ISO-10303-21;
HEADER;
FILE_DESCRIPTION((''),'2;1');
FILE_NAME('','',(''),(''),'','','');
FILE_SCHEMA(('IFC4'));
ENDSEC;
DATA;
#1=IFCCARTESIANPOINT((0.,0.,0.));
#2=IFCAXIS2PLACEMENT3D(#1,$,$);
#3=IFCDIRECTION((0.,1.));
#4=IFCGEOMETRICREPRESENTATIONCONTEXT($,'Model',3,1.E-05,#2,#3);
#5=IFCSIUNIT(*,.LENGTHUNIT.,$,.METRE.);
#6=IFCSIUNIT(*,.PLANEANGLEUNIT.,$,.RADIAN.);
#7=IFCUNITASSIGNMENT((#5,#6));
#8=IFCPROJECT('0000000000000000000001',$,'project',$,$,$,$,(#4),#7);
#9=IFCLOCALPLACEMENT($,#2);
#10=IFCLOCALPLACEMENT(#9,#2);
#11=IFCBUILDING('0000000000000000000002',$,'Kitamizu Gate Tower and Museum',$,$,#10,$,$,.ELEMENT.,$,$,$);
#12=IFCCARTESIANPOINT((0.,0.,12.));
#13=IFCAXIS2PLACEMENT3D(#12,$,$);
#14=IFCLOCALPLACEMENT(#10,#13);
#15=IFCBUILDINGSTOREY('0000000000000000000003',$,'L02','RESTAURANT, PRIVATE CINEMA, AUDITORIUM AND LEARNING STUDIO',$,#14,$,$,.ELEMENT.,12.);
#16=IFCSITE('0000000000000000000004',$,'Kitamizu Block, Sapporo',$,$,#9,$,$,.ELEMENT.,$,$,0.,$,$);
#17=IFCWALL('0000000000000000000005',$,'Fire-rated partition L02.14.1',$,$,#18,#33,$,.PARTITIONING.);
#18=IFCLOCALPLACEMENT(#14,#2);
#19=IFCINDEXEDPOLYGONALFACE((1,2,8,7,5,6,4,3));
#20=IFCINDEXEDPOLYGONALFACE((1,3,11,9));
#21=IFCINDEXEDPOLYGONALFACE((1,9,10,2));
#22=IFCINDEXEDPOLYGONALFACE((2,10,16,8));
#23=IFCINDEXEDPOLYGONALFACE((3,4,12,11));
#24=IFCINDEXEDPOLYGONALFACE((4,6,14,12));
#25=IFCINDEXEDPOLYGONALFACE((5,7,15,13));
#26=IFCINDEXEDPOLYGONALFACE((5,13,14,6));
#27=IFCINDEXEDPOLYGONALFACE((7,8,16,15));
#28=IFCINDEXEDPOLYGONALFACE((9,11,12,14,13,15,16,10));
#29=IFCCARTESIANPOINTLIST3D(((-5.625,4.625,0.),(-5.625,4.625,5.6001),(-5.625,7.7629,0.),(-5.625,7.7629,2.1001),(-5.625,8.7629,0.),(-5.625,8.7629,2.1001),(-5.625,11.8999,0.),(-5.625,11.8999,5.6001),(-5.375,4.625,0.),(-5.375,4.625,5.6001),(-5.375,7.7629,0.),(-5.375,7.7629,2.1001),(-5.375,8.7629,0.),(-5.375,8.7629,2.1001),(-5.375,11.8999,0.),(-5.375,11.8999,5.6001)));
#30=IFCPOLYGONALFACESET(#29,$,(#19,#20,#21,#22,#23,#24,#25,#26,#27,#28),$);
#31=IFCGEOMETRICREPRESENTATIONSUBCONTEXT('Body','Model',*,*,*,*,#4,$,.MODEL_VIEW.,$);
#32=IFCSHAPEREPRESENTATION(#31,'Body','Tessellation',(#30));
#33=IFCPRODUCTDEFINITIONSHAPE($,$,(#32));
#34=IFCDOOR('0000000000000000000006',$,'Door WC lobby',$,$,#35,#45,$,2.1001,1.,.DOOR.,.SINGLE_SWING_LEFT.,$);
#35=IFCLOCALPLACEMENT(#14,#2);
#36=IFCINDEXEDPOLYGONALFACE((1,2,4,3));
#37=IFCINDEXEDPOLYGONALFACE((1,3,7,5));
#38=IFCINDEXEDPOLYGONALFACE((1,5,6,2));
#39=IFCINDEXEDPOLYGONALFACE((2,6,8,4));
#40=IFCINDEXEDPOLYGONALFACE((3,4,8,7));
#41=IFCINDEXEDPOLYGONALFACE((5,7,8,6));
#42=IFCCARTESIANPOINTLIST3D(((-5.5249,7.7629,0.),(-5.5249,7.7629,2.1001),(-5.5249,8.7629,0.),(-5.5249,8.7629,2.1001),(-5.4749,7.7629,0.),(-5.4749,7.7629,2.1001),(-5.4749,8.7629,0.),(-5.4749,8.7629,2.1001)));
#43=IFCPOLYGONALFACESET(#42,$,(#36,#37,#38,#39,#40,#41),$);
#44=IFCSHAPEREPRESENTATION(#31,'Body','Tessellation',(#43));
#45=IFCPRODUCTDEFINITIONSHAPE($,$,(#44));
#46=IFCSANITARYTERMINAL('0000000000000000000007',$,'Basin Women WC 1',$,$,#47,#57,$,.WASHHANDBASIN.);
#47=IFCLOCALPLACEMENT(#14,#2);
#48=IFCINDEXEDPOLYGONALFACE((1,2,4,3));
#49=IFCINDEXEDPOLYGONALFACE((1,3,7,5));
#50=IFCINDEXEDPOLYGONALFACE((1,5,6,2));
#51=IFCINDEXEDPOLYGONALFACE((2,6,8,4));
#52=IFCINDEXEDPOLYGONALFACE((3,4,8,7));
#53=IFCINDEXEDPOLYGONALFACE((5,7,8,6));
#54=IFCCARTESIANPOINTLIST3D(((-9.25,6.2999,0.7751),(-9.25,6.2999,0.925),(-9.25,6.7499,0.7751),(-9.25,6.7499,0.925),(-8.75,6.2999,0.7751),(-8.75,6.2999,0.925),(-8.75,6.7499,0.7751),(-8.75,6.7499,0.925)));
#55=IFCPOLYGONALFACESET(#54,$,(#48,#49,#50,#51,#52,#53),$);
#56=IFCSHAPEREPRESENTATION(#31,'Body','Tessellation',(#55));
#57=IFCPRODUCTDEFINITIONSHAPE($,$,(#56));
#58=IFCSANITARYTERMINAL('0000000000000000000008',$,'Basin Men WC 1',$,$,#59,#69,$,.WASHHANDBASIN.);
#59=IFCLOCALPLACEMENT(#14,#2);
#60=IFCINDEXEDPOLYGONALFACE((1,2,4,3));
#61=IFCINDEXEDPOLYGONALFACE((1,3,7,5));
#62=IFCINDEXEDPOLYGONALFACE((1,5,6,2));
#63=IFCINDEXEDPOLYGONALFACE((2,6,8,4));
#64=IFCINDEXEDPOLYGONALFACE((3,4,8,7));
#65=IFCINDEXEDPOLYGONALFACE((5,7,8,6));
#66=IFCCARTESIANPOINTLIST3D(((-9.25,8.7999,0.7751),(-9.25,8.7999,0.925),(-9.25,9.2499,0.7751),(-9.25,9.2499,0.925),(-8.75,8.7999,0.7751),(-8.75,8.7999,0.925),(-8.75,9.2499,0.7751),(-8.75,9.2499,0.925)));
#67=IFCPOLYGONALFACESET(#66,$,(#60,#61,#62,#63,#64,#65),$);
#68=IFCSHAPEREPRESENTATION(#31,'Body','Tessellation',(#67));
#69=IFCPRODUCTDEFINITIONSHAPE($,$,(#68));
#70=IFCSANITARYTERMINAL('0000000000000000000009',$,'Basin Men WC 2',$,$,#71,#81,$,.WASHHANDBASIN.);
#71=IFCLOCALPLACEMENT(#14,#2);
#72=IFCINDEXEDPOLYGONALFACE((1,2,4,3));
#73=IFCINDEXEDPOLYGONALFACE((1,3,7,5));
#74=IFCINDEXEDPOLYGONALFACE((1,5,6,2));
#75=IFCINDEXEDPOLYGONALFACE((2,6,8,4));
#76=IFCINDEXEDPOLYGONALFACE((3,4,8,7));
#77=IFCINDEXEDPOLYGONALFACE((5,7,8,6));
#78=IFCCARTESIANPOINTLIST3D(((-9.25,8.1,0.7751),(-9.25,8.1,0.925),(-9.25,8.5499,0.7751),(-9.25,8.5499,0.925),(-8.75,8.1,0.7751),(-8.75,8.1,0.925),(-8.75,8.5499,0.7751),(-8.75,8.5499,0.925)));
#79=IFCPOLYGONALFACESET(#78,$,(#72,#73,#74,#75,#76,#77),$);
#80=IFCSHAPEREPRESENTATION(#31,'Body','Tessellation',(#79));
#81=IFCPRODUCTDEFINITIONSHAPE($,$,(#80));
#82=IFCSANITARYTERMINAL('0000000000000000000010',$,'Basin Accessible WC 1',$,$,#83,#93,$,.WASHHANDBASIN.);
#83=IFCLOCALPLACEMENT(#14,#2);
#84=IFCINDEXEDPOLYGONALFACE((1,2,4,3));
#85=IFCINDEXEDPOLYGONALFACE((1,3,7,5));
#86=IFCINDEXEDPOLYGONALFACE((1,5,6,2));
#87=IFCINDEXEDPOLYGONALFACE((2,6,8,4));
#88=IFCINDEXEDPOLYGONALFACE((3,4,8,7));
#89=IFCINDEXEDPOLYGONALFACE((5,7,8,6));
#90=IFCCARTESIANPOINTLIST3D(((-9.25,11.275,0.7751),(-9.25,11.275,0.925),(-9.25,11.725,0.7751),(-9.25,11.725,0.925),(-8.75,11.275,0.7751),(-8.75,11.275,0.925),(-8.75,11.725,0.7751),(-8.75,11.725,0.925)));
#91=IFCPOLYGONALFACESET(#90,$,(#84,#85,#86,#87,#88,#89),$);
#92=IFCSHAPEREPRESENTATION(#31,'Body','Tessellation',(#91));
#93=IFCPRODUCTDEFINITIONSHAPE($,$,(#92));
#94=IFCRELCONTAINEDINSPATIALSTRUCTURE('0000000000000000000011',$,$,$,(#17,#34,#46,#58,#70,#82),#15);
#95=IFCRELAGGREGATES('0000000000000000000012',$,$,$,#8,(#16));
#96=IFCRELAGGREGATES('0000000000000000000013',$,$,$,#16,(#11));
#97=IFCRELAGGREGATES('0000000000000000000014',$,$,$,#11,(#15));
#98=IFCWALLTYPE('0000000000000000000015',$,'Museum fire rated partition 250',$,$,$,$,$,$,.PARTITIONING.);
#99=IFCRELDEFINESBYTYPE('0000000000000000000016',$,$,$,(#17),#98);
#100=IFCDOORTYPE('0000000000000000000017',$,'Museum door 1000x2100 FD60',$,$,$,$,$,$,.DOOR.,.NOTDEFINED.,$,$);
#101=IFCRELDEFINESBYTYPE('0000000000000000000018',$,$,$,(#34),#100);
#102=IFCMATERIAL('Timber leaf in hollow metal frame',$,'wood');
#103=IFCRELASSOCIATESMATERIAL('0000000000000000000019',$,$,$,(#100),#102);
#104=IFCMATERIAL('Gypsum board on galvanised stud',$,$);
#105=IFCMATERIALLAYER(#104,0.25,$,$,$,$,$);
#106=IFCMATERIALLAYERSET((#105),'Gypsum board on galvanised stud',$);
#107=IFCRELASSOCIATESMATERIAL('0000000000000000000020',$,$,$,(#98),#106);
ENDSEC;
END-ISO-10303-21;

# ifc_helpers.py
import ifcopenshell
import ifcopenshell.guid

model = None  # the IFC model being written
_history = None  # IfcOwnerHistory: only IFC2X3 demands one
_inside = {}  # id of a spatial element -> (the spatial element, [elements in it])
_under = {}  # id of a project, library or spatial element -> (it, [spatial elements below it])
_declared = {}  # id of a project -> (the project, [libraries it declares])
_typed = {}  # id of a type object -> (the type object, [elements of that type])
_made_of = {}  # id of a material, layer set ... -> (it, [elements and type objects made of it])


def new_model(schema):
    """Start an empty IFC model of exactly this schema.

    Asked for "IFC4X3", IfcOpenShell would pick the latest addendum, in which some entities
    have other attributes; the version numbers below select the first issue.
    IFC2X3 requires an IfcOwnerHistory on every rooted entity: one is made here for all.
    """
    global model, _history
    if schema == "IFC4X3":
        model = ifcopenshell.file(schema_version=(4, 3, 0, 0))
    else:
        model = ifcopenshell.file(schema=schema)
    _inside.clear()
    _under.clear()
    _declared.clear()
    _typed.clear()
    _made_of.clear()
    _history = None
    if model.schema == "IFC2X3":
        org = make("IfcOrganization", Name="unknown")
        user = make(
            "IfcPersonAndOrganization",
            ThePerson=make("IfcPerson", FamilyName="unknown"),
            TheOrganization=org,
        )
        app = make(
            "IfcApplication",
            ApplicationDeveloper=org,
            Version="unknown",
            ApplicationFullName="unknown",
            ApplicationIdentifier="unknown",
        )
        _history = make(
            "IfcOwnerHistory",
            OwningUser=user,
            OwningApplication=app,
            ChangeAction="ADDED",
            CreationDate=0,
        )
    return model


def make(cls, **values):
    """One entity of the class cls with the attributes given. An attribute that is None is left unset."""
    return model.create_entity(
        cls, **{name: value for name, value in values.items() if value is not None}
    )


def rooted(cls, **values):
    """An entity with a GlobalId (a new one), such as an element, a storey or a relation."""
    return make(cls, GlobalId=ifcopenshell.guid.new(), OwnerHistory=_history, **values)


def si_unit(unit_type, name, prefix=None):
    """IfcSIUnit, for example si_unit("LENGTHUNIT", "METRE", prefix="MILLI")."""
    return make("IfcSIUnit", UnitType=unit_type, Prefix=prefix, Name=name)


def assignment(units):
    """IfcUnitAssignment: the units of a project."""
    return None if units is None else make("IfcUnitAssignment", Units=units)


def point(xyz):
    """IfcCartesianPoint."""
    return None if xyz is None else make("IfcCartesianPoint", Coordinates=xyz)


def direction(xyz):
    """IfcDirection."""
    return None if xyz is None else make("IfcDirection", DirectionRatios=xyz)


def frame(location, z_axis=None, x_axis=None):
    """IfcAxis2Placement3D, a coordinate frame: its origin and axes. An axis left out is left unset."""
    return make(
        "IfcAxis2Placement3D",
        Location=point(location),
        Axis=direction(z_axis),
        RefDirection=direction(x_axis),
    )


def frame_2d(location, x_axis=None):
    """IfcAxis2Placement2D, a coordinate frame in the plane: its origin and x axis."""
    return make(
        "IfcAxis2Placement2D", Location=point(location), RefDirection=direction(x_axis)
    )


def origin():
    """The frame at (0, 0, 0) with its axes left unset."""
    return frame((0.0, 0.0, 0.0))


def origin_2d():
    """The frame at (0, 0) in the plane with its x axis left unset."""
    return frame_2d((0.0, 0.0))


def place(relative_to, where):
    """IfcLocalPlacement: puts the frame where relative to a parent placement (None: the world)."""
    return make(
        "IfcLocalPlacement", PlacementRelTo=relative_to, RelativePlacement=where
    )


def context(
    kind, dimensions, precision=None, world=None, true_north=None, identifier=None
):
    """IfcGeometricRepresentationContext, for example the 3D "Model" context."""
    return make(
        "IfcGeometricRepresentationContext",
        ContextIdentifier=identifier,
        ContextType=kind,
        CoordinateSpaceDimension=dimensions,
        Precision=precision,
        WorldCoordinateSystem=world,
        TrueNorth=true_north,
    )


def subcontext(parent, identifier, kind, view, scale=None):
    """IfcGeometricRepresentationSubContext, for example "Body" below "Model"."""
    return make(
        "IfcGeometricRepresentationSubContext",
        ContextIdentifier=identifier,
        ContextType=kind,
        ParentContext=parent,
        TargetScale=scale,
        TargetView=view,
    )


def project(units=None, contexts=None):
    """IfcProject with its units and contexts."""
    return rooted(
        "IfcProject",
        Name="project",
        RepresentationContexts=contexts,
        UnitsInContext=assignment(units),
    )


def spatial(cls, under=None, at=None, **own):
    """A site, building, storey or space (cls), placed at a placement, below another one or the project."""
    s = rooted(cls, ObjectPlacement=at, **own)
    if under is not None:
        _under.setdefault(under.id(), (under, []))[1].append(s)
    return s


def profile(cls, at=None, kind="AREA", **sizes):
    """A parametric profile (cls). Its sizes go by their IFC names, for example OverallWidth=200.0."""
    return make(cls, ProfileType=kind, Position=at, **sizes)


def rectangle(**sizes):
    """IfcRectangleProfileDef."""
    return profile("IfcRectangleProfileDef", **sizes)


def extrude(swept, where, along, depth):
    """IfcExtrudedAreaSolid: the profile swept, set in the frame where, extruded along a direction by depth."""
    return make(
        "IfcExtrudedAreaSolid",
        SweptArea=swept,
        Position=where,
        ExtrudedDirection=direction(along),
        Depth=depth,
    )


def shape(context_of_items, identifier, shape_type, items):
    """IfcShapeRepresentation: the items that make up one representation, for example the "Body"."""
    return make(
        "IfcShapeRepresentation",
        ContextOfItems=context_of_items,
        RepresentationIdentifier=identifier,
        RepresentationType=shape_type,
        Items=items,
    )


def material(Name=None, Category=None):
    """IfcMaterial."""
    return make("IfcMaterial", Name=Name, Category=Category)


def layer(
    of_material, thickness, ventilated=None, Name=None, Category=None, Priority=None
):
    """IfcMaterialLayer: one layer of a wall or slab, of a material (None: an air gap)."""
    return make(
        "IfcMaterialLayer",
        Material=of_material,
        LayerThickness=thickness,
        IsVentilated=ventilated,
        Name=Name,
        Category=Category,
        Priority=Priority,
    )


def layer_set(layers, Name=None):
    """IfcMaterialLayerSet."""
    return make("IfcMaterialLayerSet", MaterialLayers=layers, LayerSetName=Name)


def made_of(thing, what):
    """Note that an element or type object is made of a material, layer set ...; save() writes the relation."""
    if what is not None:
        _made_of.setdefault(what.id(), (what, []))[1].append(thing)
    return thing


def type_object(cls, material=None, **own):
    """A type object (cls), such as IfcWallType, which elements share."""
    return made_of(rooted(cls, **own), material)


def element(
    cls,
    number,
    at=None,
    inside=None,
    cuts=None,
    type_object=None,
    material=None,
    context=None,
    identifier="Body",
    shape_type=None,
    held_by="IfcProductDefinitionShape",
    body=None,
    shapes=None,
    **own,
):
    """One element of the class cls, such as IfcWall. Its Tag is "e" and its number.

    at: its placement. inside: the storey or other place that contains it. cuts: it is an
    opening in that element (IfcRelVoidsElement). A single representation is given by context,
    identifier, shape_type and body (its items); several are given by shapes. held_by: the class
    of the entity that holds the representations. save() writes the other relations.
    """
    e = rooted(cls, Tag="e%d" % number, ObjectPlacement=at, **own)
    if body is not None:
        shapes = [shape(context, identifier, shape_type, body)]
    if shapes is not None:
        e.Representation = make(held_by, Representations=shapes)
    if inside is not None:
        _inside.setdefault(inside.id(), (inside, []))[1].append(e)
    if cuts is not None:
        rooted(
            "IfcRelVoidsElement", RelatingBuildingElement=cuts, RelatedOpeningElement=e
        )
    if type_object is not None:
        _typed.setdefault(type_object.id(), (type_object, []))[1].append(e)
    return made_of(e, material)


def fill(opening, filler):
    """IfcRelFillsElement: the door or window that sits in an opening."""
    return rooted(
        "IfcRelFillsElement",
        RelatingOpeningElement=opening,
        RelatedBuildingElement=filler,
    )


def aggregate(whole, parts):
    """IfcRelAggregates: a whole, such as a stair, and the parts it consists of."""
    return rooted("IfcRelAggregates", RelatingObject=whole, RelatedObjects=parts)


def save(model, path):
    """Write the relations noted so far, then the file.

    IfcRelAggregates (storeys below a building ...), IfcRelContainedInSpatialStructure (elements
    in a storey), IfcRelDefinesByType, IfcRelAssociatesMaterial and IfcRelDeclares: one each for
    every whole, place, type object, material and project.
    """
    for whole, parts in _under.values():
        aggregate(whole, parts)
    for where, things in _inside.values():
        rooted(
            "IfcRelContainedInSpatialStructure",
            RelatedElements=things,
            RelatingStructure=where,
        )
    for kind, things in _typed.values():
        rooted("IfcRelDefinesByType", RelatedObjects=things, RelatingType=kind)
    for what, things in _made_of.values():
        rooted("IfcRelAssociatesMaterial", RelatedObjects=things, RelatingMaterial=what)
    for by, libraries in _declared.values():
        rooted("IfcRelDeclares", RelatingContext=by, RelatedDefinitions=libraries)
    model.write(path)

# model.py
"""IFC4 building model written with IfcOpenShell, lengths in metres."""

from ifc_helpers import new_model, si_unit, direction, frame, frame_2d, origin, origin_2d, place, context, subcontext, project, spatial, rectangle, extrude, material, layer, layer_set, type_object, element, fill, save


model = new_model("IFC4")

# Units and contexts
model_context = context("Model", 3, precision=1e-05, world=origin(), true_north=direction((0.0, 1.0)))
body_context = subcontext(model_context, "Body", "Model", "MODEL_VIEW")
ifc_project = project(units=[si_unit("LENGTHUNIT", "METRE"), si_unit("PLANEANGLEUNIT", "RADIAN")], contexts=[model_context])

# Site, building, storey
site_placement = place(None, origin())
site = spatial("IfcSite", under=ifc_project, at=site_placement, Name="Kitamizu Block, Sapporo", CompositionType="ELEMENT", RefElevation=0.0)
building_placement = place(site_placement, origin())
building = spatial("IfcBuilding", under=site, at=building_placement, Name="Kitamizu Gate Tower and Museum", CompositionType="ELEMENT")
storey_placement = place(building_placement, frame((0.0, 0.0, 12.0)))
storey = spatial("IfcBuildingStorey", under=building, at=storey_placement, Name="L02", Description="RESTAURANT, PRIVATE CINEMA, AUDITORIUM AND LEARNING STUDIO", CompositionType="ELEMENT", Elevation=12.0)

# Shared definitions
ifc_material_1 = material(Name="Timber leaf in hollow metal frame", Category="wood")
door_type_1 = type_object("IfcDoorType", Name="Museum door 1000x2100 FD60", OperationType="NOTDEFINED", PredefinedType="DOOR", material=ifc_material_1)

# Shared definitions
ifc_material_2 = material(Name="Gypsum board on galvanised stud")
ifc_layer_1 = layer(ifc_material_2, 0.25)
ifc_layer_set_1 = layer_set([ifc_layer_1], Name="Gypsum board on galvanised stud")
wall_type_1 = type_object("IfcWallType", Name="Museum fire rated partition 250", PredefinedType="PARTITIONING", material=ifc_layer_set_1)

# Wall, opening, door
wall_1_placement = place(storey_placement, frame((-5.5, 4.625, 0.0), z_axis=(0.0, 0.0, 1.0), x_axis=(0.0, 1.0, 0.0)))
wall_1 = element("IfcWall", 1, at=wall_1_placement, inside=storey, type_object=wall_type_1, Name="Fire-rated partition L02.14.1", PredefinedType="PARTITIONING", context=body_context, shape_type="SweptSolid", body=[
    extrude(rectangle(XDim=7.2749, YDim=0.25, at=frame_2d((3.6375, 0.0))), origin(), (0.0, 0.0, 1.0), 5.6001),
])
opening_1_placement = place(wall_1_placement, frame((3.1379, 0.0, 0.0)))
opening_1 = element("IfcOpeningElement", 2, at=opening_1_placement, cuts=wall_1, PredefinedType="OPENING", context=body_context, shape_type="SweptSolid", body=[
    extrude(rectangle(XDim=1.0, YDim=2.1001, at=frame_2d((0.5, 1.05))), frame((0.0, 0.135, 0.0), z_axis=(0.0, -1.0, 0.0), x_axis=(1.0, 0.0, 0.0)), (0.0, 0.0, 1.0), 0.27),
])
door_1_placement = place(opening_1_placement, origin())
door_1 = element("IfcDoor", 3, at=door_1_placement, inside=storey, type_object=door_type_1, Name="Door WC lobby", OperationType="SINGLE_SWING_LEFT", OverallHeight=2.1001, OverallWidth=1.0, PredefinedType="DOOR", context=body_context, shape_type="SweptSolid", body=[
    extrude(rectangle(XDim=1.0, YDim=2.1001, at=frame_2d((0.5, 1.05))), frame((0.0, 0.0249, 0.0), z_axis=(0.0, -1.0, 0.0), x_axis=(1.0, 0.0, 0.0)), (0.0, 0.0, 1.0), 0.05),
])
fill(opening_1, door_1)

# Sanitary terminals
for number, where, z_axis, x_axis, name in (
    (4, (-9.0, 6.5249, 0.7751), (0.0, 0.0, 1.0), (1.0, 0.0, 0.0), "Basin Women WC 1"),
    (5, (-9.0, 9.0249, 0.7751), (0.0, 0.0, 1.0), (1.0, 0.0, 0.0), "Basin Men WC 1"),
    (6, (-9.0, 8.325, 0.7751), (0.0, 0.0, 1.0), (1.0, 0.0, 0.0), "Basin Men WC 2"),
    (7, (-9.0, 11.5, 0.7751), (0.0, 0.0, 1.0), (1.0, 0.0, 0.0), "Basin Accessible WC 1"),
):
    element("IfcSanitaryTerminal", number, at=place(storey_placement, frame(where, z_axis=z_axis, x_axis=x_axis)), inside=storey, Name=name, PredefinedType="WASHHANDBASIN", context=body_context, shape_type="SweptSolid", body=[
        extrude(rectangle(XDim=0.5, YDim=0.45, at=origin_2d()), origin(), (0.0, 0.0, 1.0), 0.1499),
    ])

save(model, "model.ifc")
